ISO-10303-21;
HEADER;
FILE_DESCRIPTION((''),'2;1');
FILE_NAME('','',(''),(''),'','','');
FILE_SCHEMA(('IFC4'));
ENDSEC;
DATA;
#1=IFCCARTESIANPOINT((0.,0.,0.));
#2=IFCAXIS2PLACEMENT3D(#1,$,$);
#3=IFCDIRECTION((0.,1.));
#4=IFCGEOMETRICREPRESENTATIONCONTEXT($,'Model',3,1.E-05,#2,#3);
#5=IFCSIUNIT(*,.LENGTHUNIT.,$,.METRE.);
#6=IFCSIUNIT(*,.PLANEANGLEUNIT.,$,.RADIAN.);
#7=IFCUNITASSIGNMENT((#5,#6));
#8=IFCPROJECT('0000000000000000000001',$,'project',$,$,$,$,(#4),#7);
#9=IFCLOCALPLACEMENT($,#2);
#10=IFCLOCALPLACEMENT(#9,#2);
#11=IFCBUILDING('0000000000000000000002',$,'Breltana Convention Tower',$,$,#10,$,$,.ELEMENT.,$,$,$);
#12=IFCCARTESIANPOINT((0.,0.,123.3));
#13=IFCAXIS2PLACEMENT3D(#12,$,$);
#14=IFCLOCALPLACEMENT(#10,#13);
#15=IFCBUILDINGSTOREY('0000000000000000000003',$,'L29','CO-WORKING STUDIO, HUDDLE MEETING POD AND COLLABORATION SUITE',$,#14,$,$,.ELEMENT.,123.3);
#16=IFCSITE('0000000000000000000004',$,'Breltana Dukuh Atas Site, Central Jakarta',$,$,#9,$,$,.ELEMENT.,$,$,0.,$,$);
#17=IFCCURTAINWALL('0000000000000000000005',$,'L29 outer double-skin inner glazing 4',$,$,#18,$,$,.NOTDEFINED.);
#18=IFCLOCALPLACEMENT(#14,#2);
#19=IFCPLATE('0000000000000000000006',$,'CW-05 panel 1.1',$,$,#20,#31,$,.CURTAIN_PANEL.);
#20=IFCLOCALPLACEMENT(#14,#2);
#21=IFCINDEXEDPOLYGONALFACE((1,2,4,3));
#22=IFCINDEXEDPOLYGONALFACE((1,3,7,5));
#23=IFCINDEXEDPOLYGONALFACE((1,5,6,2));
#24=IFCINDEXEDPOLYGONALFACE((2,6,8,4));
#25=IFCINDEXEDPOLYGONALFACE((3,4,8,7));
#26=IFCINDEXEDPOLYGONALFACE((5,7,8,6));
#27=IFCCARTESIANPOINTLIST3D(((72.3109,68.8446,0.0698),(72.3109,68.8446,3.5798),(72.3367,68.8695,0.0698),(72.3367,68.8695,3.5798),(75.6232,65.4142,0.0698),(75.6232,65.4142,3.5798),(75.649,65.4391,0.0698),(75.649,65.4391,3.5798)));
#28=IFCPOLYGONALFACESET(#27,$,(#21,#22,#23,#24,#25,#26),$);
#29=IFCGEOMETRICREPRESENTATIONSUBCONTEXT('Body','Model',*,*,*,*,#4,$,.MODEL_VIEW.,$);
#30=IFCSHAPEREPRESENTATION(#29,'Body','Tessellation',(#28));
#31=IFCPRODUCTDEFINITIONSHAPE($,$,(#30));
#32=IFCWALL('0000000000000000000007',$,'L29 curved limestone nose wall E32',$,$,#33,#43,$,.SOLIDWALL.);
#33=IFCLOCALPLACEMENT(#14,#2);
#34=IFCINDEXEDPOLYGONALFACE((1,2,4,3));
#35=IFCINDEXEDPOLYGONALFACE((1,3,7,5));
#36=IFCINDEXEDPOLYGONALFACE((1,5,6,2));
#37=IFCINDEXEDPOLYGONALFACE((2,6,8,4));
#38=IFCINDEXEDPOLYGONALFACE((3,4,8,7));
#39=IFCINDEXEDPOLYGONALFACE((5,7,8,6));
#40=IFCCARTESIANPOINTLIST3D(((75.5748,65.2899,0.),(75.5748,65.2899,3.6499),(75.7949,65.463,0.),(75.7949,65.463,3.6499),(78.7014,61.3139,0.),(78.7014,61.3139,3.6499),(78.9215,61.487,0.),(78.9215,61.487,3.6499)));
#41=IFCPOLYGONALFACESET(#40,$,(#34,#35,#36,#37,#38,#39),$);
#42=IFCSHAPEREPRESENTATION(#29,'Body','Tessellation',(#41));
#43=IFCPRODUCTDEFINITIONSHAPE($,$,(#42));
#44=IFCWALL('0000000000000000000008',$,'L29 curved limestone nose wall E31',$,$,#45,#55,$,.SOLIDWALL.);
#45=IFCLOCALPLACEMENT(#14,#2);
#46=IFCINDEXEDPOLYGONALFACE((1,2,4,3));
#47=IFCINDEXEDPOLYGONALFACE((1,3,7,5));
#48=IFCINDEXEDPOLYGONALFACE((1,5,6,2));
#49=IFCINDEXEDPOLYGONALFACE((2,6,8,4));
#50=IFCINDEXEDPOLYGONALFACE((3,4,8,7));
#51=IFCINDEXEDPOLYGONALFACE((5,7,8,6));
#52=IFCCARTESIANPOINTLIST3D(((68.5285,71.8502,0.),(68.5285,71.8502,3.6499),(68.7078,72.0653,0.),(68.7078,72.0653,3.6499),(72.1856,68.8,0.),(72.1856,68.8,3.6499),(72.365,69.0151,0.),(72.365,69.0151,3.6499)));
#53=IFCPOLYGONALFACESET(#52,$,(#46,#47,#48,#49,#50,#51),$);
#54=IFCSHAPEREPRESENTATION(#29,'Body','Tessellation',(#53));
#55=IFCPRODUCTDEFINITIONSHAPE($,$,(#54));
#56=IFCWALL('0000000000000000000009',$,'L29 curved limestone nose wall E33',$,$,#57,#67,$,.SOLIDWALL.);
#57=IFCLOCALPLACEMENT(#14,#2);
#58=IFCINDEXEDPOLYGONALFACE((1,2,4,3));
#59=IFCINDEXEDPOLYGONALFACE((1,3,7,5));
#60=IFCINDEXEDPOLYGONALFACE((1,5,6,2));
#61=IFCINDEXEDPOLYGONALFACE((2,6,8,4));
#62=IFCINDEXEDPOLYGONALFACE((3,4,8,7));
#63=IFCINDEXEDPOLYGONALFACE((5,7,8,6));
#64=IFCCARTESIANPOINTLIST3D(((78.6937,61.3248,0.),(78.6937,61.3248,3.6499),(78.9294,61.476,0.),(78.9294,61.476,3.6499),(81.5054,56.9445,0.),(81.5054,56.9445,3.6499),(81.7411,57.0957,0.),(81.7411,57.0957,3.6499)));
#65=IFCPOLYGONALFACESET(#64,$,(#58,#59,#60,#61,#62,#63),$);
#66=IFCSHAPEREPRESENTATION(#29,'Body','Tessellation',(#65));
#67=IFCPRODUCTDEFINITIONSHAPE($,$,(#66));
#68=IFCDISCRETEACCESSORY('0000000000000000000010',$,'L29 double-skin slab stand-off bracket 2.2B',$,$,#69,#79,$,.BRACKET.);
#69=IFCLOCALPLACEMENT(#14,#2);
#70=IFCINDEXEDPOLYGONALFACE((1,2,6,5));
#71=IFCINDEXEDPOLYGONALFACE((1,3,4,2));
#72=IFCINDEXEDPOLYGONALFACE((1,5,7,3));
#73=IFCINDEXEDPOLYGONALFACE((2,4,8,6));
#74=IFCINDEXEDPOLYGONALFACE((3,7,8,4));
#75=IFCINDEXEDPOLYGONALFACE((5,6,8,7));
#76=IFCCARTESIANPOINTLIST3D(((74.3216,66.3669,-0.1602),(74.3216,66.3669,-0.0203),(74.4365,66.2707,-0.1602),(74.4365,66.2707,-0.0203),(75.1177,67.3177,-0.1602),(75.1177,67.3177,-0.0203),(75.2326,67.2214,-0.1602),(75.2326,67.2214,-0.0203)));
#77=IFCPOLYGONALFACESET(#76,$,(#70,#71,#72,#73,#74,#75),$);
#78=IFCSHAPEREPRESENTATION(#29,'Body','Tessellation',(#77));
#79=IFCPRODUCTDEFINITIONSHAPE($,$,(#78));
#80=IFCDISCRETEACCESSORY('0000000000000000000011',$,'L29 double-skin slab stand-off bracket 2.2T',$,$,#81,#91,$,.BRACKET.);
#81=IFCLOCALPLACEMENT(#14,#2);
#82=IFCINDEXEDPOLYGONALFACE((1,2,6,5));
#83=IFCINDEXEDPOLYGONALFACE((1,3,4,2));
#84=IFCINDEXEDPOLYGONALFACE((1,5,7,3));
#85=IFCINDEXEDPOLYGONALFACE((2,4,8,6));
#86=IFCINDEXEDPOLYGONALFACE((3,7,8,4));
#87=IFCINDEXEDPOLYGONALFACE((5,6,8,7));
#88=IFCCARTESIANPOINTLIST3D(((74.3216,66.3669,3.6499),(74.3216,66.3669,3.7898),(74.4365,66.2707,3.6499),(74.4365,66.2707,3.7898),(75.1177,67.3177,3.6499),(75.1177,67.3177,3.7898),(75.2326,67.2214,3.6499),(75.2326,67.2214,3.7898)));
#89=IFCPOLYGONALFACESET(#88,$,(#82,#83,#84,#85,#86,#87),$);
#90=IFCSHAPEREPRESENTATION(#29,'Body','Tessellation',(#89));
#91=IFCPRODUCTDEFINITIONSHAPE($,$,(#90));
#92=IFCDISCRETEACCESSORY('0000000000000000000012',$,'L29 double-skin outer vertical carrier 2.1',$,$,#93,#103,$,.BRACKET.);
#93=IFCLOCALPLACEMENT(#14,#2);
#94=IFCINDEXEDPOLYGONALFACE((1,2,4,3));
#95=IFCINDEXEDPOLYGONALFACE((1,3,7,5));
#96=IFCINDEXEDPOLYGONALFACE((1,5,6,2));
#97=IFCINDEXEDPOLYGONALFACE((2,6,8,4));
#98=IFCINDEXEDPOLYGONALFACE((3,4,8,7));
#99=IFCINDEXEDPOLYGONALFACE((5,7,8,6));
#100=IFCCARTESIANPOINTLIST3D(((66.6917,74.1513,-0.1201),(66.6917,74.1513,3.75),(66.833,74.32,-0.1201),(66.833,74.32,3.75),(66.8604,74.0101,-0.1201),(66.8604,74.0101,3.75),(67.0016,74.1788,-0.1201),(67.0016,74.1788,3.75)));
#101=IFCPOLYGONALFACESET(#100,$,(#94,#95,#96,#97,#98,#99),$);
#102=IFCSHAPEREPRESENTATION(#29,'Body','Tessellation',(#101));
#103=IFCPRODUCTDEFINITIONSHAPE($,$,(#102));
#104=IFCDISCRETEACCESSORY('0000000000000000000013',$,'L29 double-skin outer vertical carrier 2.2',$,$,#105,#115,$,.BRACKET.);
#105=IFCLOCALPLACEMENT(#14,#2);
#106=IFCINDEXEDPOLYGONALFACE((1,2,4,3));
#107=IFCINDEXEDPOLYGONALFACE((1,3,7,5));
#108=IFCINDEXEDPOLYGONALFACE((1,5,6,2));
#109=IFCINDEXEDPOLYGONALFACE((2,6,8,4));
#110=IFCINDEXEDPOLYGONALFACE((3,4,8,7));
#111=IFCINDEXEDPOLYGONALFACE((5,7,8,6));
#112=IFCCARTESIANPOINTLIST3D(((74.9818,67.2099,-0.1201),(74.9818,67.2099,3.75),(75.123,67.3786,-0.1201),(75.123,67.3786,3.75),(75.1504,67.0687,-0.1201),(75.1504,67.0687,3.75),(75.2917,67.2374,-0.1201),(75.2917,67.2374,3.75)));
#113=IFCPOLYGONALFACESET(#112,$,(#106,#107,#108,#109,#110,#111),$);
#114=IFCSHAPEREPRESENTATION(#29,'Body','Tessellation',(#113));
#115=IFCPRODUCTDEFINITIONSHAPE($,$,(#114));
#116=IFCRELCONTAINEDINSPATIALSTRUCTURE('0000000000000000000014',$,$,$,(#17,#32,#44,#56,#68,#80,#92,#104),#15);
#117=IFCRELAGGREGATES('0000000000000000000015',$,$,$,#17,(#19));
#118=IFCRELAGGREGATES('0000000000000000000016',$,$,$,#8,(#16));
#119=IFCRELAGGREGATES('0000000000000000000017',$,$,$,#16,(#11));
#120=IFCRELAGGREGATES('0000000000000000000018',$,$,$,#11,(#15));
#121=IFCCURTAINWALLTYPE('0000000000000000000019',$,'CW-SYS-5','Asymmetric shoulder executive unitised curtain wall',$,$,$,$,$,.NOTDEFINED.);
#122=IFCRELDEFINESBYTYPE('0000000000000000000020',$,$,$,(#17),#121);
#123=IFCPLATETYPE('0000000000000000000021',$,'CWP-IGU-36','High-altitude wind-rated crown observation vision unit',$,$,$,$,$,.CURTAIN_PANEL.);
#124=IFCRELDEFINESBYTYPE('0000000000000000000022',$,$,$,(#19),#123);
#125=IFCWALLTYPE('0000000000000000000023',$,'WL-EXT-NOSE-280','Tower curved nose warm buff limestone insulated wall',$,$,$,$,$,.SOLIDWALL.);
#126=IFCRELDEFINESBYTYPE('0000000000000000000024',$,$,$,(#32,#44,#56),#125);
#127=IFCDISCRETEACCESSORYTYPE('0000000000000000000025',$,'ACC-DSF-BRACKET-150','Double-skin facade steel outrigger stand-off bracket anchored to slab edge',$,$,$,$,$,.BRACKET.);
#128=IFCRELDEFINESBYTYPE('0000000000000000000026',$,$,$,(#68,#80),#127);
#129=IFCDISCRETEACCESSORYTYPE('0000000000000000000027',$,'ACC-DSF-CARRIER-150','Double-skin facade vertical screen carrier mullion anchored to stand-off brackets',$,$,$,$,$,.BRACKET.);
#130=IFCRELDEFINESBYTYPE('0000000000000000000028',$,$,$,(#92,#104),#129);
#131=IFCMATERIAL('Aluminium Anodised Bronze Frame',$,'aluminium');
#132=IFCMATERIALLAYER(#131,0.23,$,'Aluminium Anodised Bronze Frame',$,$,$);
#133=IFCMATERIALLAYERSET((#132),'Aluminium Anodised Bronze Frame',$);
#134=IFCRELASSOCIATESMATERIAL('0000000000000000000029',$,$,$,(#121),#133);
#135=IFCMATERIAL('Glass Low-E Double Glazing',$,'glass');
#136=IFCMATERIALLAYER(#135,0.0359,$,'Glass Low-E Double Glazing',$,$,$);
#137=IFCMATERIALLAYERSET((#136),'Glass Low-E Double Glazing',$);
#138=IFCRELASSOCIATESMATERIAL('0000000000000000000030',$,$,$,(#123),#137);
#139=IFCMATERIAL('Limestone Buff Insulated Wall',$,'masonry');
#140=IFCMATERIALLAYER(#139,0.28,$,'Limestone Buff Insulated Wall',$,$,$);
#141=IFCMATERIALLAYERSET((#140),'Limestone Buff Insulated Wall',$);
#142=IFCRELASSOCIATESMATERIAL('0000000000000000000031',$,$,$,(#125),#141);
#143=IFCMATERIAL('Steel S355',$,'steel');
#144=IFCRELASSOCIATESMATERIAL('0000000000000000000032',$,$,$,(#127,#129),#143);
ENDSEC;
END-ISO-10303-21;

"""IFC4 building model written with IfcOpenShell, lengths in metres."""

from ifc_helpers import new_model, si_unit, direction, frame, frame_2d, origin, origin_2d, place, context, subcontext, project, spatial, rectangle, extrude, source, transform, mapped, material, layer, layer_set, type_object, type_shapes, element, aggregate, save


model = new_model("IFC4")

# Units and contexts
model_context = context("Model", 3, precision=1e-05, world=origin(), true_north=direction((0.0, 1.0)))
body_context = subcontext(model_context, "Body", "Model", "MODEL_VIEW")
ifc_project = project(units=[si_unit("LENGTHUNIT", "METRE"), si_unit("PLANEANGLEUNIT", "RADIAN")], contexts=[model_context])

# Site, building, storey
site_placement = place(None, origin())
site = spatial("IfcSite", under=ifc_project, at=site_placement, Name="Breltana Dukuh Atas Site, Central Jakarta", CompositionType="ELEMENT", RefElevation=0.0)
building_placement = place(site_placement, origin())
building = spatial("IfcBuilding", under=site, at=building_placement, Name="Breltana Convention Tower", CompositionType="ELEMENT")
storey_placement = place(building_placement, frame((0.0, 0.0, 123.3)))
storey = spatial("IfcBuildingStorey", under=building, at=storey_placement, Name="L29", Description="CO-WORKING STUDIO, HUDDLE MEETING POD AND COLLABORATION SUITE", CompositionType="ELEMENT", Elevation=123.3)

# Curtain wall, plate
ifc_material_1 = material(Name="Aluminium Anodised Bronze Frame", Category="aluminium")
ifc_layer_1 = layer(ifc_material_1, 0.23, Name="Aluminium Anodised Bronze Frame")
ifc_layer_set_1 = layer_set([ifc_layer_1], Name="Aluminium Anodised Bronze Frame")
curtain_wall_type = type_object("IfcCurtainWallType", Name="CW-SYS-5", Description="Asymmetric shoulder executive unitised curtain wall", PredefinedType="NOTDEFINED", material=ifc_layer_set_1)
curtain_wall_placement = place(storey_placement, origin())
curtain_wall = element("IfcCurtainWall", 1, at=curtain_wall_placement, inside=storey, type_object=curtain_wall_type, Name="L29 outer double-skin inner glazing 4", PredefinedType="NOTDEFINED")
ifc_material_2 = material(Name="Glass Low-E Double Glazing", Category="glass")
ifc_layer_2 = layer(ifc_material_2, 0.0359, Name="Glass Low-E Double Glazing")
ifc_layer_set_2 = layer_set([ifc_layer_2], Name="Glass Low-E Double Glazing")
plate_type = type_object("IfcPlateType", Name="CWP-IGU-36", Description="High-altitude wind-rated crown observation vision unit", PredefinedType="CURTAIN_PANEL", material=ifc_layer_set_2)
shared_shape_1 = source(origin(), body_context, "Body", "SweptSolid", [
    extrude(rectangle(XDim=4.7686, YDim=0.0359, at=origin_2d()), origin(), (0.0, 0.0, 1.0), 3.51),
])
plate_placement = place(storey_placement, frame((73.98, 67.1418, 0.0698), z_axis=(0.0, 0.0, 1.0), x_axis=(0.694612, -0.719385, 0.0)))
plate = element("IfcPlate", 2, at=plate_placement, type_object=plate_type, Name="CW-05 panel 1.1", PredefinedType="CURTAIN_PANEL", context=body_context, shape_type="MappedRepresentation", body=[
    mapped(shared_shape_1, transform((0.0, 0.0, 0.0), scale=1.0)),
])
aggregate(curtain_wall, [plate])

# Walls
ifc_material_3 = material(Name="Limestone Buff Insulated Wall", Category="masonry")
ifc_layer_3 = layer(ifc_material_3, 0.28, Name="Limestone Buff Insulated Wall")
ifc_layer_set_3 = layer_set([ifc_layer_3], Name="Limestone Buff Insulated Wall")
wall_type = type_object("IfcWallType", Name="WL-EXT-NOSE-280", Description="Tower curved nose warm buff limestone insulated wall", PredefinedType="SOLIDWALL", material=ifc_layer_set_3)
shared_shape_2 = source(origin(), body_context, "Body", "SweptSolid", [
    extrude(rectangle(XDim=5.0581, YDim=0.28, at=frame_2d((2.5291, 0.0))), origin(), (0.0, 0.0, 1.0), 3.6499),
])
wall_1_placement = place(storey_placement, frame((75.6848, 65.3765, 0.0), z_axis=(0.0, 0.0, 1.0), x_axis=(0.618146, -0.786064, 0.0)))
element("IfcWall", 3, at=wall_1_placement, inside=storey, type_object=wall_type, Name="L29 curved limestone nose wall E32", PredefinedType="SOLIDWALL", context=body_context, shape_type="MappedRepresentation", body=[
    mapped(shared_shape_2, transform((0.0, 0.0, 0.0), scale=1.0)),
])
shared_shape_3 = source(origin(), body_context, "Body", "SweptSolid", [
    extrude(rectangle(XDim=4.7622, YDim=0.28, at=frame_2d((2.3811, 0.0))), origin(), (0.0, 0.0, 1.0), 3.6499),
])
wall_2_placement = place(storey_placement, frame((68.6182, 71.9578, 0.0), z_axis=(0.0, 0.0, 1.0), x_axis=(0.767952, -0.640507, 0.0)))
element("IfcWall", 4, at=wall_2_placement, inside=storey, type_object=wall_type, Name="L29 curved limestone nose wall E31", PredefinedType="SOLIDWALL", context=body_context, shape_type="MappedRepresentation", body=[
    mapped(shared_shape_3, transform((0.0, 0.0, 0.0), scale=1.0)),
])
shared_shape_4 = source(origin(), body_context, "Body", "SweptSolid", [
    extrude(rectangle(XDim=5.2051, YDim=0.28, at=frame_2d((2.6025, 0.0))), origin(), (0.0, 0.0, 1.0), 3.6499),
])
wall_3_placement = place(storey_placement, frame((78.8115, 61.4004, 0.0), z_axis=(0.0, 0.0, 1.0), x_axis=(0.540189, -0.841544, 0.0)))
element("IfcWall", 5, at=wall_3_placement, inside=storey, type_object=wall_type, Name="L29 curved limestone nose wall E33", PredefinedType="SOLIDWALL", context=body_context, shape_type="MappedRepresentation", body=[
    mapped(shared_shape_4, transform((0.0, 0.0, 0.0), scale=1.0)),
])

# Discrete accessories
ifc_material_4 = material(Name="Steel S355", Category="steel")
discrete_accessory_type_1 = type_object("IfcDiscreteAccessoryType", Name="ACC-DSF-BRACKET-150", Description="Double-skin facade steel outrigger stand-off bracket anchored to slab edge", PredefinedType="BRACKET", material=ifc_material_4)
shared_shape_5 = source(origin(), body_context, "Body", "SweptSolid", [
    extrude(rectangle(XDim=1.24, YDim=0.1499, at=origin_2d()), origin(), (0.0, 0.0, 1.0), 0.1399),
])
type_shapes(discrete_accessory_type_1, [shared_shape_5])
for number, where, z_axis, x_axis, name in (
    (6, (74.7771, 66.7942, -0.1602), (0.0, 0.0, 1.0), (0.641987, 0.766715, 0.0), "L29 double-skin slab stand-off bracket 2.2B"),
    (7, (74.7771, 66.7942, 3.6499), (0.0, 0.0, 1.0), (0.641987, 0.766715, 0.0), "L29 double-skin slab stand-off bracket 2.2T"),
):
    element("IfcDiscreteAccessory", number, at=place(storey_placement, frame(where, z_axis=z_axis, x_axis=x_axis)), inside=storey, type_object=discrete_accessory_type_1, Name=name, PredefinedType="BRACKET", context=body_context, shape_type="MappedRepresentation", body=[
        mapped(shared_shape_5, transform((0.0, 0.0, 0.0), scale=1.0)),
    ])
discrete_accessory_type_2 = type_object("IfcDiscreteAccessoryType", Name="ACC-DSF-CARRIER-150", Description="Double-skin facade vertical screen carrier mullion anchored to stand-off brackets", PredefinedType="BRACKET", material=ifc_material_4)
shared_shape_6 = source(origin(), body_context, "Body", "SweptSolid", [
    extrude(rectangle(XDim=0.22, YDim=0.22, at=origin_2d()), origin(), (0.0, 0.0, 1.0), 3.8701),
])
for number, where, z_axis, x_axis, name in (
    (8, (66.8467, 74.165, -0.1201), (0.0, 0.0, 1.0), (0.641987, 0.766715, 0.0), "L29 double-skin outer vertical carrier 2.1"),
    (9, (75.1367, 67.2236, -0.1201), (0.0, 0.0, 1.0), (0.641987, 0.766715, 0.0), "L29 double-skin outer vertical carrier 2.2"),
):
    element("IfcDiscreteAccessory", number, at=place(storey_placement, frame(where, z_axis=z_axis, x_axis=x_axis)), inside=storey, type_object=discrete_accessory_type_2, Name=name, PredefinedType="BRACKET", context=body_context, shape_type="MappedRepresentation", body=[
        mapped(shared_shape_6, transform((0.0, 0.0, 0.0), scale=1.0)),
    ])

save(model, "model.ifc")
